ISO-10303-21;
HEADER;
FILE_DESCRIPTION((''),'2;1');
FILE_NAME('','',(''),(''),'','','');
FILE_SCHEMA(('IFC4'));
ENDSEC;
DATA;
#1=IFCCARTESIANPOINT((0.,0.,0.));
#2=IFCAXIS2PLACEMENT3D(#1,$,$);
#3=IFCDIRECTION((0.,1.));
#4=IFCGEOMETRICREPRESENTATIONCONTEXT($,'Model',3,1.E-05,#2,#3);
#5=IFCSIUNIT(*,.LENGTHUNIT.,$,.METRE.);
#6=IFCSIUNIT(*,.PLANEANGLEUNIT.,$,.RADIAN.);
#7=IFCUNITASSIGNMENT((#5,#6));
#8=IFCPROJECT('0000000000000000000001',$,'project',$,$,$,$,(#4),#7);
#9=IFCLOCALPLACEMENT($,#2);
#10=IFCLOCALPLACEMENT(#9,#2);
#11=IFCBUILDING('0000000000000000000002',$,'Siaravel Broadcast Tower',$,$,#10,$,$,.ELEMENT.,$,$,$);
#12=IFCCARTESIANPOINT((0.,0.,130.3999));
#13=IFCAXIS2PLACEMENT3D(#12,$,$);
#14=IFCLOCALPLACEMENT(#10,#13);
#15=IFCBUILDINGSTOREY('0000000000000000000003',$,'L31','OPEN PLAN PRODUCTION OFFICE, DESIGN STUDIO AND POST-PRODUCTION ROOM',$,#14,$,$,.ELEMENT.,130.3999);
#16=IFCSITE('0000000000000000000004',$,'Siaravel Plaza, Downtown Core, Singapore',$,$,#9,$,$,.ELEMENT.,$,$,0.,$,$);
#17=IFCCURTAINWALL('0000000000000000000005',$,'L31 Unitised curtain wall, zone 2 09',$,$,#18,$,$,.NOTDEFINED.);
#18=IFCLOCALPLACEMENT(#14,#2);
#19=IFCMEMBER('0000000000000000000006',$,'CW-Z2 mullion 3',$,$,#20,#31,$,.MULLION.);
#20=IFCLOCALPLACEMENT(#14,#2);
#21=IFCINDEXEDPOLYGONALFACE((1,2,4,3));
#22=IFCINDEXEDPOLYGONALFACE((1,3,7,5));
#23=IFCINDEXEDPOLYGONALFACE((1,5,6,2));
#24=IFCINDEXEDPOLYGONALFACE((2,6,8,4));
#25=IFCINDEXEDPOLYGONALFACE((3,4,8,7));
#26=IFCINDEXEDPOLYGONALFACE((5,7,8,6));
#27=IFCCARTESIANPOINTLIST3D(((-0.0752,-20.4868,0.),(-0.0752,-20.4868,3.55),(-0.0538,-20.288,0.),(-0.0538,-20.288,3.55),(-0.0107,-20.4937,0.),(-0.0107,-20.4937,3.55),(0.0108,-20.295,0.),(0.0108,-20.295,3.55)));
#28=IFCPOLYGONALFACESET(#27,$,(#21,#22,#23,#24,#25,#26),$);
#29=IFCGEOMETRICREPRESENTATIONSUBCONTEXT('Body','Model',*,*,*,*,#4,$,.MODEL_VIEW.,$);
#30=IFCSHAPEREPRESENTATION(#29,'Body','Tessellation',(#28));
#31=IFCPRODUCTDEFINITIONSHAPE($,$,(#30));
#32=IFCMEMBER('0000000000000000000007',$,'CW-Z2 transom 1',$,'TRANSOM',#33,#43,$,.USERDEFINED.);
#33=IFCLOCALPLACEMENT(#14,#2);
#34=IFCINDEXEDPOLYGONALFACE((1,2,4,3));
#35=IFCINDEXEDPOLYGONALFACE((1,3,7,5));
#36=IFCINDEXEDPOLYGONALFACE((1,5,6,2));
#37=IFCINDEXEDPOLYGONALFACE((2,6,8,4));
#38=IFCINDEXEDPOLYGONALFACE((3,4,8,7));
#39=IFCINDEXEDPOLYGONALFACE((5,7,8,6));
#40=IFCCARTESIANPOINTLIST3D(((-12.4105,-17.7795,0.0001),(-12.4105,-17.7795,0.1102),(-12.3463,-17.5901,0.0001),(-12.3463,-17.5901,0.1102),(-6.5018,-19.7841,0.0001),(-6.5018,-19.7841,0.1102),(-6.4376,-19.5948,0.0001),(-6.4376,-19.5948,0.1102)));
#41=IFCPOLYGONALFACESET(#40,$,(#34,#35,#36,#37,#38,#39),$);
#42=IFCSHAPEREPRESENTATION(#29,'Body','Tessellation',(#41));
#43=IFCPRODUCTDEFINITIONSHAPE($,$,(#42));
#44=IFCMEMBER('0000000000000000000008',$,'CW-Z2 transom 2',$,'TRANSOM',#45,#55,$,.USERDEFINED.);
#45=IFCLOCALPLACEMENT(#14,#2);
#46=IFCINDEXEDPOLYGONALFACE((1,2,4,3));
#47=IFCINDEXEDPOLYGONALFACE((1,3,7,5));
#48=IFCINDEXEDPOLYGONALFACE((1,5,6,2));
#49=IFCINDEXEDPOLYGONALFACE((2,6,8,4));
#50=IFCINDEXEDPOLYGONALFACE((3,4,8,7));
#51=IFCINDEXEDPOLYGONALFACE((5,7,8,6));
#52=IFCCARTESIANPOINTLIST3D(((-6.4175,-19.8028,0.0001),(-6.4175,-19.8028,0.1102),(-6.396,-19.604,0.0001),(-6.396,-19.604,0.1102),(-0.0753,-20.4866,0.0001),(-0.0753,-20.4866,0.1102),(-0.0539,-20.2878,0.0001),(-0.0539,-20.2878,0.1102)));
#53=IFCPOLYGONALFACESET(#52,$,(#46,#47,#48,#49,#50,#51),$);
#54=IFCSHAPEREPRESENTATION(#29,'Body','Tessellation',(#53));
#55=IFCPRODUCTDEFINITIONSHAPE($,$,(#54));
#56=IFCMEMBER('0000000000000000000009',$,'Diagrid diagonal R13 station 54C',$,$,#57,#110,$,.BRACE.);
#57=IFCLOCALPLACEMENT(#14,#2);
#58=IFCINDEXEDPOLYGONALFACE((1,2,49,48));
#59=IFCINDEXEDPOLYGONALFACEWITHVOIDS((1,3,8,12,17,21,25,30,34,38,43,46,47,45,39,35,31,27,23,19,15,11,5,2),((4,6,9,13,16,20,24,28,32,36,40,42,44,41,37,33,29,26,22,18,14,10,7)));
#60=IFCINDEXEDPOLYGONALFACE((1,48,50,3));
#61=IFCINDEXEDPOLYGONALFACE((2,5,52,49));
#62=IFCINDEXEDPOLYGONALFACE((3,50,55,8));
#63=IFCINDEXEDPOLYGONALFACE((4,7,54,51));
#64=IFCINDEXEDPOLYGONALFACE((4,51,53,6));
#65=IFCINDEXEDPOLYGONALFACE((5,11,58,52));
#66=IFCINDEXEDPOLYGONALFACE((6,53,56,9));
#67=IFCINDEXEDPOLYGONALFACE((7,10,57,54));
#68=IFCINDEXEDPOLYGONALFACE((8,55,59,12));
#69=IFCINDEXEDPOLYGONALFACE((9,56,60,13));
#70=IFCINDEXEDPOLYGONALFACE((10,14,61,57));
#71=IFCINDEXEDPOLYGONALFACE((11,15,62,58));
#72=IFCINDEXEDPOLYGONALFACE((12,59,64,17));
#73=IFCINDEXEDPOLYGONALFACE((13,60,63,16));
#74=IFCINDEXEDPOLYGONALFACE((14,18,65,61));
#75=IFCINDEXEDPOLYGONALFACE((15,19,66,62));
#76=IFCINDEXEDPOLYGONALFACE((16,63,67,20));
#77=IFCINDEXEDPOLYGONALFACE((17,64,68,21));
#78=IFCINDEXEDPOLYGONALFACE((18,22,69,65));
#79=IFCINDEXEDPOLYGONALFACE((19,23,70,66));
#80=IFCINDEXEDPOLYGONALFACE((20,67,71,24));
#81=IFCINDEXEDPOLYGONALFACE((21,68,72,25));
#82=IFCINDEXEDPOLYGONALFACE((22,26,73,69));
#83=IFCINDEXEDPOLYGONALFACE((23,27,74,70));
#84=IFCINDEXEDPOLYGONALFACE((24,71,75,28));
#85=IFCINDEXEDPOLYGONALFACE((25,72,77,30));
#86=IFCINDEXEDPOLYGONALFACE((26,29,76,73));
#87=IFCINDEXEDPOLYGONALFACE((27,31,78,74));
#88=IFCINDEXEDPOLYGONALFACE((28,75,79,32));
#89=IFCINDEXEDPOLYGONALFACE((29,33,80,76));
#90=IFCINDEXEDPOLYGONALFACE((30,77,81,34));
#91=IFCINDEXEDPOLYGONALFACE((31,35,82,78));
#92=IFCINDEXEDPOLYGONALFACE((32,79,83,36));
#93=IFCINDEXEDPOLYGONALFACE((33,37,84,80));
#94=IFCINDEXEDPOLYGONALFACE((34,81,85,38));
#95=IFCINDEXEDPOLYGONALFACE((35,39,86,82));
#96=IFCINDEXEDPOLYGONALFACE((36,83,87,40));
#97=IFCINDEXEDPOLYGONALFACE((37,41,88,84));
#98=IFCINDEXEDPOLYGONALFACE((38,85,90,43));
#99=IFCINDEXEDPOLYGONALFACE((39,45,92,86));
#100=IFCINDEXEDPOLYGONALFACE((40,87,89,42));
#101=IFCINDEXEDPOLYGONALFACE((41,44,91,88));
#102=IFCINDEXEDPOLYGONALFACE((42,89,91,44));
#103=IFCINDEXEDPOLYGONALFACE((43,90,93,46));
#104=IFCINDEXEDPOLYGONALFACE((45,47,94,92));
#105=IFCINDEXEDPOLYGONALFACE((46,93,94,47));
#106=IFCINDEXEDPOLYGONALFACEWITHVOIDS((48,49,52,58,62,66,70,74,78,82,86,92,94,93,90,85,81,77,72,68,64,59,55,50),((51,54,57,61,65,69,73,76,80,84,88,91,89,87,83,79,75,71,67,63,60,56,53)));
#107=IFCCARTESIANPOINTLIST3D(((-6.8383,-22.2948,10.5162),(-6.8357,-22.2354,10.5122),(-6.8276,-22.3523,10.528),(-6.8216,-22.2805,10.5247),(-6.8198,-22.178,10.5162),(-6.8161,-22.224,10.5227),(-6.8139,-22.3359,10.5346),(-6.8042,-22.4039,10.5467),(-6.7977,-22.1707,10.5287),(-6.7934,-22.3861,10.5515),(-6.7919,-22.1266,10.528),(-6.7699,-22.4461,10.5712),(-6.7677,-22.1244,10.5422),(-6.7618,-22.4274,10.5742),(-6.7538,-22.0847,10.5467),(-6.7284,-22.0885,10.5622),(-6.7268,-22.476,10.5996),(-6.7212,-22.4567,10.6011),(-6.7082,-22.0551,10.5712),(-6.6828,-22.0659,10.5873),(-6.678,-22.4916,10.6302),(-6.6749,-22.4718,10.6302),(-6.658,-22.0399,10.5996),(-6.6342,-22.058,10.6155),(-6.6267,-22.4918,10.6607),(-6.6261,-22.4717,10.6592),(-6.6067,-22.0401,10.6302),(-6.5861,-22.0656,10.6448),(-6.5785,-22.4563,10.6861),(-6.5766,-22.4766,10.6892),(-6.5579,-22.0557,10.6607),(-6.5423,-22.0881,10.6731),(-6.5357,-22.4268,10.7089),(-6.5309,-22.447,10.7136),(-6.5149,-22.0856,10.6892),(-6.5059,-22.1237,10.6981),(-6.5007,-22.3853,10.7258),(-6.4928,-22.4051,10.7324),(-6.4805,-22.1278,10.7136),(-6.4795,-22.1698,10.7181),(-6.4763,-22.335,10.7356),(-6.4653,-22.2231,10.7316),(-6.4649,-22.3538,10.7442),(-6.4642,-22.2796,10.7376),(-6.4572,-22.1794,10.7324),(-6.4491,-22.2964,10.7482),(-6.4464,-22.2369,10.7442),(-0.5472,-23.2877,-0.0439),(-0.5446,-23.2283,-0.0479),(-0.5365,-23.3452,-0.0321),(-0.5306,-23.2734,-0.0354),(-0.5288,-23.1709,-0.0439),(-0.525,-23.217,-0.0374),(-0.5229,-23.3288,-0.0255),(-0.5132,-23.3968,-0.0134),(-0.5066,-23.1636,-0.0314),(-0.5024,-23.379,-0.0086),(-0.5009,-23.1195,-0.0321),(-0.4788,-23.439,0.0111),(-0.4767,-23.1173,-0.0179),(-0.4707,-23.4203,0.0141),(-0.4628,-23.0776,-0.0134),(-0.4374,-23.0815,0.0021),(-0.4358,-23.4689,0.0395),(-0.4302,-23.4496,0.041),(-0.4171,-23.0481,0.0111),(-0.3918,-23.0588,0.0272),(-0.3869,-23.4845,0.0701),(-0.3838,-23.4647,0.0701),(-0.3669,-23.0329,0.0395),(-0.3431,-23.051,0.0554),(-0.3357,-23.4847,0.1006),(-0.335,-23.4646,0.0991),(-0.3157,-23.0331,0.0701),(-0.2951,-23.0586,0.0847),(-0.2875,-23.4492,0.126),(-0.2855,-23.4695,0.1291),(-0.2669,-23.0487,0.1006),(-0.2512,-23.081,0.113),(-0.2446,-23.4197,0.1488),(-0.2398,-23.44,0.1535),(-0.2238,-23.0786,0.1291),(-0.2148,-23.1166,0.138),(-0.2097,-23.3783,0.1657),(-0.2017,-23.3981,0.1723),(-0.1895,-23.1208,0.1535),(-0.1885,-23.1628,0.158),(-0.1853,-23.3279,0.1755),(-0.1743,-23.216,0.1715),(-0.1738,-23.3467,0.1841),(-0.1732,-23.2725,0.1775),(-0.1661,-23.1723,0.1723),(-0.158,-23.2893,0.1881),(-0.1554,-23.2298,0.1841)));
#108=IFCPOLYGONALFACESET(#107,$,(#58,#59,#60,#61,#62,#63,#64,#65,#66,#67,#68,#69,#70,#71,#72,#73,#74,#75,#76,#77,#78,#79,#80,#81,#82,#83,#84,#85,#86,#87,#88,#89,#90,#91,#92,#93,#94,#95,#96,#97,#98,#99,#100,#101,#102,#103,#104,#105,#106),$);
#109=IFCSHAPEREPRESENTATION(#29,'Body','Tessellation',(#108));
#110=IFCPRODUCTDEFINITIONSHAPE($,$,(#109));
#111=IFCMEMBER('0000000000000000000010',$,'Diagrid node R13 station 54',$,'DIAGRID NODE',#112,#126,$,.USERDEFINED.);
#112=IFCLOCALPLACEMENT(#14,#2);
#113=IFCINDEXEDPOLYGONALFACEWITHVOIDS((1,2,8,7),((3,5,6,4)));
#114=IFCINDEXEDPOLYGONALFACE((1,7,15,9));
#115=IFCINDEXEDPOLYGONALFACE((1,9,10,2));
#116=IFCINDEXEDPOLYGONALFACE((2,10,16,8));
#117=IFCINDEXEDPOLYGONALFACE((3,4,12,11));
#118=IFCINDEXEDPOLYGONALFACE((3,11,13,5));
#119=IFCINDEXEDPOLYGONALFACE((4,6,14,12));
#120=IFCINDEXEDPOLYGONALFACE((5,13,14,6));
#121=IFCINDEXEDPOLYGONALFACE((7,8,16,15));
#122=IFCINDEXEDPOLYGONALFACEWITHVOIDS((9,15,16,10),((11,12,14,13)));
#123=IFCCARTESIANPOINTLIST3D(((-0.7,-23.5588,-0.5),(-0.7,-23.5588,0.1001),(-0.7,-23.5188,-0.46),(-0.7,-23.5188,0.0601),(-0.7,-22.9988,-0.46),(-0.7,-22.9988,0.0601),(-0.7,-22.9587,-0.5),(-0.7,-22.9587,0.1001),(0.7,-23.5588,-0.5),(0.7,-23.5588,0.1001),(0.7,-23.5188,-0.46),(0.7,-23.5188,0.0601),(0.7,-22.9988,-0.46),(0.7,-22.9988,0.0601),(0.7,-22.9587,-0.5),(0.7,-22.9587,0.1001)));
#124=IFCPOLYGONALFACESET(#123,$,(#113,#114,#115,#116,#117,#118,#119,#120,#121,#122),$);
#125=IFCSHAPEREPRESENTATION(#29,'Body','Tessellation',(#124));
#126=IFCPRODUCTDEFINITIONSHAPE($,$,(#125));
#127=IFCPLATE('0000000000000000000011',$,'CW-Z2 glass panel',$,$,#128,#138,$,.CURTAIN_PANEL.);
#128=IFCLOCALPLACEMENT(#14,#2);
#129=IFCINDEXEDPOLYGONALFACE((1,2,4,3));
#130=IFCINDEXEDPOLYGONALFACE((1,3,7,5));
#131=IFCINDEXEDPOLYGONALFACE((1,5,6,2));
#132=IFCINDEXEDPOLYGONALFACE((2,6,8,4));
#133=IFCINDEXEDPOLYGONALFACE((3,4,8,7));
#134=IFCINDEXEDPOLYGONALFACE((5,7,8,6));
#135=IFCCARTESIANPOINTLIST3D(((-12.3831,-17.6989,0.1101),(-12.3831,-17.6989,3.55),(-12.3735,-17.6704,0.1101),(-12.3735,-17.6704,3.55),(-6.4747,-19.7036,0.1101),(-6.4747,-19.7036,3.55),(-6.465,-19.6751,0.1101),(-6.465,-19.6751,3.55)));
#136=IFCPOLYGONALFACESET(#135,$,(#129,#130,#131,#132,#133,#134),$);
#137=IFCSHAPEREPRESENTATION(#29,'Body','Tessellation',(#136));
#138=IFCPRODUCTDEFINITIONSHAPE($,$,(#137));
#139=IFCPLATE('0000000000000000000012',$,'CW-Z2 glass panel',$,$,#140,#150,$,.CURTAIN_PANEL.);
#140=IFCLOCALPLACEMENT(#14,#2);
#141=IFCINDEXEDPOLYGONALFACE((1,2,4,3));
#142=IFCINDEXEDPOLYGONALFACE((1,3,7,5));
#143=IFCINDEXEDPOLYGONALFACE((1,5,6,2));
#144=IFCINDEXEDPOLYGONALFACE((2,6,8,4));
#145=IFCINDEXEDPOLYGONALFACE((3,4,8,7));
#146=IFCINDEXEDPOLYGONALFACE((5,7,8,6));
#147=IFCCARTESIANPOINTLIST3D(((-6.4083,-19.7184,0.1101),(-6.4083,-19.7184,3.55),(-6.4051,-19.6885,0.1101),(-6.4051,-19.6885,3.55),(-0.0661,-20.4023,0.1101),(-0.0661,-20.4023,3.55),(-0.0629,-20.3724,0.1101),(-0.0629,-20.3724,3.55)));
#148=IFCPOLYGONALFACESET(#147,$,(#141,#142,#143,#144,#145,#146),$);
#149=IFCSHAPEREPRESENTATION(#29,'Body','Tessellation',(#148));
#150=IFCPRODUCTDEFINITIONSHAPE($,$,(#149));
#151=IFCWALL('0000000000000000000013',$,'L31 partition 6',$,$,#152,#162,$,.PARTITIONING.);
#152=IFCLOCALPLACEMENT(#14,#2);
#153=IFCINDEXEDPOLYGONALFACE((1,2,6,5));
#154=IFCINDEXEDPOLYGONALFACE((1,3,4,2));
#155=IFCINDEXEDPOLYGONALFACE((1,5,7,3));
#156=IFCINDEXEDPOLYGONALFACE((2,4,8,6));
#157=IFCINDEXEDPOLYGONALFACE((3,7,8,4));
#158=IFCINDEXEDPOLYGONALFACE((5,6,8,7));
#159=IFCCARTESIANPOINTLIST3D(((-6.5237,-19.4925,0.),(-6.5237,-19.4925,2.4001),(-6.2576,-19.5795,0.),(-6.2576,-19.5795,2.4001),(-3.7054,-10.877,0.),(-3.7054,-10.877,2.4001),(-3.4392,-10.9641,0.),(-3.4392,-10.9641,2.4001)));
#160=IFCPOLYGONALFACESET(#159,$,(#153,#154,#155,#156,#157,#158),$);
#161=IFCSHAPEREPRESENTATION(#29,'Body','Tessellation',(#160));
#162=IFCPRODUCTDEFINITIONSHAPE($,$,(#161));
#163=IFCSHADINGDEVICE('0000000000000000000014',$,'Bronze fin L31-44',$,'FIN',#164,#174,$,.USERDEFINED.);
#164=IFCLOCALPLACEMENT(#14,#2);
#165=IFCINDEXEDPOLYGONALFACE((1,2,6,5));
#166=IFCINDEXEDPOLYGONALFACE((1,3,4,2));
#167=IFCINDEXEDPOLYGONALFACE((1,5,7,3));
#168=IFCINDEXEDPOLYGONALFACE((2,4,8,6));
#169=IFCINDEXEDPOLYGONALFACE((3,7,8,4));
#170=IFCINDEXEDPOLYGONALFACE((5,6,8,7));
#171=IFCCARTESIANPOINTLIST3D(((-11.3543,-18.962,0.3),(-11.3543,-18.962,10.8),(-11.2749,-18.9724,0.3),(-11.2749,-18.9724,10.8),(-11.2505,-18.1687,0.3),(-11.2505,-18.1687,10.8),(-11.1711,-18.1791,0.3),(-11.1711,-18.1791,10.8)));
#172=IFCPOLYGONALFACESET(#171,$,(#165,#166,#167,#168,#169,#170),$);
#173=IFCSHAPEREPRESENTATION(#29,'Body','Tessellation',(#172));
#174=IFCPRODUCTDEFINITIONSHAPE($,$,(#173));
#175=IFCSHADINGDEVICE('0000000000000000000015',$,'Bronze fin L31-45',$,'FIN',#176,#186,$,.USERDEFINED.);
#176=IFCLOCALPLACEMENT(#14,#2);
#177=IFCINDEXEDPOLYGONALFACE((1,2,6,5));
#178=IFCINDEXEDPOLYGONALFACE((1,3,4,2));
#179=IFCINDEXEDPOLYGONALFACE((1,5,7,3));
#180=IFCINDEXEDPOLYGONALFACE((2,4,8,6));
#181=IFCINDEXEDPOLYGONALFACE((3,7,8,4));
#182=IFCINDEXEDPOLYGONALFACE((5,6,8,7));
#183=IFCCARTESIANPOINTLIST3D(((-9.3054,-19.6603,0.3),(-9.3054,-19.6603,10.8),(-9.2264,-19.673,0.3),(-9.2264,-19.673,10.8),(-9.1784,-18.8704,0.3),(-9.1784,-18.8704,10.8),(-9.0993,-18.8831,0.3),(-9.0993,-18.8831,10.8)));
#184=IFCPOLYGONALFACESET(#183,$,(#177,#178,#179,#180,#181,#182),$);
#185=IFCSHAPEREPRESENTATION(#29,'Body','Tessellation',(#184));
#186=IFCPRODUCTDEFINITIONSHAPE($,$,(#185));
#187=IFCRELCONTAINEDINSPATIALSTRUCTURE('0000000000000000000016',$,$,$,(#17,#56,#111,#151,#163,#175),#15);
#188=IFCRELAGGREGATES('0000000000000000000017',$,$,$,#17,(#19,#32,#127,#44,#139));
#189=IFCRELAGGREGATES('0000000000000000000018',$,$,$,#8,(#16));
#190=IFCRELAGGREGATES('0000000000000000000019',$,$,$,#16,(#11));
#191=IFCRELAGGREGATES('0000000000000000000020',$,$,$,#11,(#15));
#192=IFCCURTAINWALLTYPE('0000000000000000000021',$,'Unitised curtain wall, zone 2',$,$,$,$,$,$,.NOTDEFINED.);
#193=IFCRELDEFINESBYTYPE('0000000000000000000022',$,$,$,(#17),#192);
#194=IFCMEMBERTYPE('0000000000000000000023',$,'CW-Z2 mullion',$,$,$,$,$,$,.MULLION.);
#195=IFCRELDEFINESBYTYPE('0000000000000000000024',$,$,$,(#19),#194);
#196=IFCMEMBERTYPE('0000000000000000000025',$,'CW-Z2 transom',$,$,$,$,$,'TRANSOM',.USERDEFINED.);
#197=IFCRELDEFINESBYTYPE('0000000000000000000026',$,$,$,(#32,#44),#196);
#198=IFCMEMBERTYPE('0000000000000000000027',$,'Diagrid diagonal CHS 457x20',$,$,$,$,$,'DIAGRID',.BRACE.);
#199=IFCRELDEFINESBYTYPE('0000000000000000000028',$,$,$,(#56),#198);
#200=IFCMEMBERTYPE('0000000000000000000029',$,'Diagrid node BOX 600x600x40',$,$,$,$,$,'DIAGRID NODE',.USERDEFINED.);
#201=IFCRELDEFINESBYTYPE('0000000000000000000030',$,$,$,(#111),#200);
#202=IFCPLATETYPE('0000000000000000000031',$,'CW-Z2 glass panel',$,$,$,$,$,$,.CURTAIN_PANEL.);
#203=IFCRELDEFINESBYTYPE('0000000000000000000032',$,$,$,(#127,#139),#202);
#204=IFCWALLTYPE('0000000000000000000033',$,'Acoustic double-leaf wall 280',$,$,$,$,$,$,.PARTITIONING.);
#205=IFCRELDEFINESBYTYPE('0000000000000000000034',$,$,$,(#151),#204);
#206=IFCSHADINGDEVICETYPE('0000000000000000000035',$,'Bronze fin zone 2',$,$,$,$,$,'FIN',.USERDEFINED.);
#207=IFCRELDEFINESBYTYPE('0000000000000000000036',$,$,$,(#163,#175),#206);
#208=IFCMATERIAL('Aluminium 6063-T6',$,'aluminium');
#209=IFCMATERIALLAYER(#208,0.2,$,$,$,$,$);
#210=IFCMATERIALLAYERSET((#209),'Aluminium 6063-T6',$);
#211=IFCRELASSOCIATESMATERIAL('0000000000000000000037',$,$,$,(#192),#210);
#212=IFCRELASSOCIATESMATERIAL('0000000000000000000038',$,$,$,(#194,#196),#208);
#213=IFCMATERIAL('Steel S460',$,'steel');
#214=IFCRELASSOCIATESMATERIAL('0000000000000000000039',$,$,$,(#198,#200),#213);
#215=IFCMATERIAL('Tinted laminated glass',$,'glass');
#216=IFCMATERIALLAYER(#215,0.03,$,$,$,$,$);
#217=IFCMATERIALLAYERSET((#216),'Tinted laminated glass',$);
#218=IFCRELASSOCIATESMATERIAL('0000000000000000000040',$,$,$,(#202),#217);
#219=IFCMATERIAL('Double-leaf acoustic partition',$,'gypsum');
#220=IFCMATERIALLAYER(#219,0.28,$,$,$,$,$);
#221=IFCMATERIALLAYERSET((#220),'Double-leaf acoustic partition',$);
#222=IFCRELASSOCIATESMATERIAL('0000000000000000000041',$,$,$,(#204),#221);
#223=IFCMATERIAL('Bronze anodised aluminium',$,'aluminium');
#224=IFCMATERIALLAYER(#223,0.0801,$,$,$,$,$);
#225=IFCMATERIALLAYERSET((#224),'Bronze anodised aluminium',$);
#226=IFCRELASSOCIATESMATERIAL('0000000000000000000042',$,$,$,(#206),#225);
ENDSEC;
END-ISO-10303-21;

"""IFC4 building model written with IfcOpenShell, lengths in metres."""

from ifc_helpers import new_model, si_unit, direction, frame, frame_2d, origin, origin_2d, place, context, subcontext, project, spatial, rectangle, hollow_rectangle, hollow_circle, extrude, material, layer, layer_set, material_profile, profile_set, type_object, element, aggregate, save


model = new_model("IFC4")

# Units and contexts
model_context = context("Model", 3, precision=1e-05, world=origin(), true_north=direction((0.0, 1.0)))
body_context = subcontext(model_context, "Body", "Model", "MODEL_VIEW")
ifc_project = project(units=[si_unit("LENGTHUNIT", "METRE"), si_unit("PLANEANGLEUNIT", "RADIAN")], contexts=[model_context])

# Site, building, storey
site_placement = place(None, origin())
site = spatial("IfcSite", under=ifc_project, at=site_placement, Name="Siaravel Plaza, Downtown Core, Singapore", CompositionType="ELEMENT", RefElevation=0.0)
building_placement = place(site_placement, origin())
building = spatial("IfcBuilding", under=site, at=building_placement, Name="Siaravel Broadcast Tower", CompositionType="ELEMENT")
storey_placement = place(building_placement, frame((0.0, 0.0, 130.3999)))
storey = spatial("IfcBuildingStorey", under=building, at=storey_placement, Name="L31", Description="OPEN PLAN PRODUCTION OFFICE, DESIGN STUDIO AND POST-PRODUCTION ROOM", CompositionType="ELEMENT", Elevation=130.3999)

# Shared definitions
ifc_material_1 = material(Name="Aluminium 6063-T6", Category="aluminium")
ifc_layer_1 = layer(ifc_material_1, 0.2)
ifc_layer_set_1 = layer_set([ifc_layer_1], Name="Aluminium 6063-T6")
curtain_wall_type = type_object("IfcCurtainWallType", Name="Unitised curtain wall, zone 2", PredefinedType="NOTDEFINED", material=ifc_layer_set_1)
ifc_material_profile_1 = material_profile(ifc_material_1, rectangle(XDim=0.2, YDim=0.0649, at=origin_2d()))
ifc_profile_set_1 = profile_set([ifc_material_profile_1], Name="Aluminium 6063-T6")
member_type_1 = type_object("IfcMemberType", Name="CW-Z2 mullion", PredefinedType="MULLION", material=ifc_profile_set_1)

# Curtain wall, members
curtain_wall_1_placement = place(storey_placement, origin())
curtain_wall_1 = element("IfcCurtainWall", 1, at=curtain_wall_1_placement, inside=storey, type_object=curtain_wall_type, Name="L31 Unitised curtain wall, zone 2 09", PredefinedType="NOTDEFINED")
member_1_placement = place(storey_placement, frame((-0.0322, -20.3909, 0.0), z_axis=(0.0, 0.0, 1.0), x_axis=(0.107218, 0.994236, 0.0)))
member_1 = element("IfcMember", 2, at=member_1_placement, type_object=member_type_1, Name="CW-Z2 mullion 3", PredefinedType="MULLION", context=body_context, shape_type="SweptSolid", body=[
    extrude(rectangle(XDim=0.2, YDim=0.0649, at=origin_2d()), origin(), (0.0, 0.0, 1.0), 3.55),
])
ifc_material_profile_2 = material_profile(ifc_material_1, rectangle(XDim=0.2, YDim=0.1101, at=origin_2d()))
ifc_profile_set_2 = profile_set([ifc_material_profile_2], Name="Aluminium 6063-T6")
member_type_2 = type_object("IfcMemberType", Name="CW-Z2 transom", ElementType="TRANSOM", PredefinedType="USERDEFINED", material=ifc_profile_set_2)
member_2_placement = place(storey_placement, frame((-12.3784, -17.6848, 0.0552), z_axis=(0.946983, -0.321283, 0.0), x_axis=(0.321283, 0.946983, 0.0)))
member_2 = element("IfcMember", 3, at=member_2_placement, type_object=member_type_2, Name="CW-Z2 transom 1", ObjectType="TRANSOM", PredefinedType="USERDEFINED", context=body_context, shape_type="SweptSolid", body=[
    extrude(rectangle(XDim=0.2, YDim=0.1101, at=origin_2d()), origin(), (0.0, 0.0, 1.0), 6.2395),
])
member_3_placement = place(storey_placement, frame((-6.4067, -19.7034, 0.0552), z_axis=(0.994237, -0.107205, 0.0), x_axis=(0.107205, 0.994237, 0.0)))
member_3 = element("IfcMember", 4, at=member_3_placement, type_object=member_type_2, Name="CW-Z2 transom 2", ObjectType="TRANSOM", PredefinedType="USERDEFINED", context=body_context, shape_type="SweptSolid", body=[
    extrude(rectangle(XDim=0.2, YDim=0.1101, at=origin_2d()), origin(), (0.0, 0.0, 1.0), 6.3789),
])

# Members
ifc_material_2 = material(Name="Steel S460", Category="steel")
ifc_material_profile_3 = material_profile(ifc_material_2, hollow_circle(Radius=0.2285, WallThickness=0.02, at=origin_2d()))
ifc_profile_set_3 = profile_set([ifc_material_profile_3], Name="Steel S460")
member_type_3 = type_object("IfcMemberType", Name="Diagrid diagonal CHS 457x20", ElementType="DIAGRID", PredefinedType="BRACE", material=ifc_profile_set_3)
member_4_placement = place(storey_placement, frame((-0.3513, -23.2588, 0.0701), z_axis=(-0.510139, 0.080516, 0.856315), x_axis=(-0.155902, -0.987773, 0.0)))
element("IfcMember", 5, at=member_4_placement, inside=storey, type_object=member_type_3, Name="Diagrid diagonal R13 station 54C", PredefinedType="BRACE", context=body_context, shape_type="SweptSolid", body=[
    extrude(hollow_circle(Radius=0.2285, WallThickness=0.02, at=origin_2d()), origin(), (0.0, 0.0, 1.0), 12.332),
])
ifc_material_profile_4 = material_profile(ifc_material_2, hollow_rectangle(XDim=0.6001, YDim=0.6001, WallThickness=0.04, at=origin_2d()))
ifc_profile_set_4 = profile_set([ifc_material_profile_4], Name="Steel S460")
member_type_4 = type_object("IfcMemberType", Name="Diagrid node BOX 600x600x40", ElementType="DIAGRID NODE", PredefinedType="USERDEFINED", material=ifc_profile_set_4)
member_5_placement = place(storey_placement, frame((-0.7, -23.2588, -0.2), z_axis=(1.0, 0.0, 0.0), x_axis=(0.0, 1.0, 0.0)))
element("IfcMember", 6, at=member_5_placement, inside=storey, type_object=member_type_4, Name="Diagrid node R13 station 54", ObjectType="DIAGRID NODE", PredefinedType="USERDEFINED", context=body_context, shape_type="SweptSolid", body=[
    extrude(hollow_rectangle(XDim=0.6001, YDim=0.6001, WallThickness=0.04, at=origin_2d()), origin(), (0.0, 0.0, 1.0), 1.3999),
])

# Plates
ifc_material_3 = material(Name="Tinted laminated glass", Category="glass")
ifc_layer_2 = layer(ifc_material_3, 0.03)
ifc_layer_set_2 = layer_set([ifc_layer_2], Name="Tinted laminated glass")
plate_type = type_object("IfcPlateType", Name="CW-Z2 glass panel", PredefinedType="CURTAIN_PANEL", material=ifc_layer_set_2)
plate_1_placement = place(storey_placement, frame((-9.4241, -18.687, 0.1101), z_axis=(0.0, 0.0, 1.0), x_axis=(0.946977, -0.321302, 0.0)))
plate_1 = element("IfcPlate", 7, at=plate_1_placement, type_object=plate_type, Name="CW-Z2 glass panel", PredefinedType="CURTAIN_PANEL", context=body_context, shape_type="SweptSolid", body=[
    extrude(rectangle(XDim=6.2393, YDim=0.03, at=origin_2d()), origin(), (0.0, 0.0, 1.0), 3.4399),
])
plate_2_placement = place(storey_placement, frame((-3.2356, -20.0454, 0.1101), z_axis=(0.0, 0.0, 1.0), x_axis=(0.994236, -0.107218, 0.0)))
plate_2 = element("IfcPlate", 8, at=plate_2_placement, type_object=plate_type, Name="CW-Z2 glass panel", PredefinedType="CURTAIN_PANEL", context=body_context, shape_type="SweptSolid", body=[
    extrude(rectangle(XDim=6.3789, YDim=0.03, at=origin_2d()), origin(), (0.0, 0.0, 1.0), 3.4399),
])
aggregate(curtain_wall_1, [member_1, member_2, plate_1, member_3, plate_2])

# Wall
ifc_material_4 = material(Name="Double-leaf acoustic partition", Category="gypsum")
ifc_layer_3 = layer(ifc_material_4, 0.28)
ifc_layer_set_3 = layer_set([ifc_layer_3], Name="Double-leaf acoustic partition")
wall_type = type_object("IfcWallType", Name="Acoustic double-leaf wall 280", PredefinedType="PARTITIONING", material=ifc_layer_set_3)
wall_placement = place(storey_placement, frame((-6.3906, -19.5359, 0.0), z_axis=(0.0, 0.0, 1.0), x_axis=(0.310914, 0.950438, 0.0)))
element("IfcWall", 9, at=wall_placement, inside=storey, type_object=wall_type, Name="L31 partition 6", PredefinedType="PARTITIONING", context=body_context, shape_type="SweptSolid", body=[
    extrude(rectangle(XDim=9.0647, YDim=0.28, at=frame_2d((4.5322, 0.0))), origin(), (0.0, 0.0, 1.0), 2.4001),
])

# Shading devices
ifc_material_5 = material(Name="Bronze anodised aluminium", Category="aluminium")
ifc_layer_4 = layer(ifc_material_5, 0.0801)
ifc_layer_set_4 = layer_set([ifc_layer_4], Name="Bronze anodised aluminium")
shading_device_type = type_object("IfcShadingDeviceType", Name="Bronze fin zone 2", ElementType="FIN", PredefinedType="USERDEFINED", material=ifc_layer_set_4)
for number, where, z_axis, x_axis, name in (
    (10, (-11.2627, -18.5706, 0.3), (0.0, 0.0, 1.0), (-0.129791, -0.991541, 0.0), "Bronze fin L31-44"),
    (11, (-9.2024, -19.2717, 0.3), (0.0, 0.0, 1.0), (-0.158804, -0.98731, 0.0), "Bronze fin L31-45"),
):
    element("IfcShadingDevice", number, at=place(storey_placement, frame(where, z_axis=z_axis, x_axis=x_axis)), inside=storey, type_object=shading_device_type, Name=name, ObjectType="FIN", PredefinedType="USERDEFINED", context=body_context, shape_type="SweptSolid", body=[
        extrude(rectangle(XDim=0.8, YDim=0.0801, at=origin_2d()), origin(), (0.0, 0.0, 1.0), 10.5),
    ])

save(model, "model.ifc")
